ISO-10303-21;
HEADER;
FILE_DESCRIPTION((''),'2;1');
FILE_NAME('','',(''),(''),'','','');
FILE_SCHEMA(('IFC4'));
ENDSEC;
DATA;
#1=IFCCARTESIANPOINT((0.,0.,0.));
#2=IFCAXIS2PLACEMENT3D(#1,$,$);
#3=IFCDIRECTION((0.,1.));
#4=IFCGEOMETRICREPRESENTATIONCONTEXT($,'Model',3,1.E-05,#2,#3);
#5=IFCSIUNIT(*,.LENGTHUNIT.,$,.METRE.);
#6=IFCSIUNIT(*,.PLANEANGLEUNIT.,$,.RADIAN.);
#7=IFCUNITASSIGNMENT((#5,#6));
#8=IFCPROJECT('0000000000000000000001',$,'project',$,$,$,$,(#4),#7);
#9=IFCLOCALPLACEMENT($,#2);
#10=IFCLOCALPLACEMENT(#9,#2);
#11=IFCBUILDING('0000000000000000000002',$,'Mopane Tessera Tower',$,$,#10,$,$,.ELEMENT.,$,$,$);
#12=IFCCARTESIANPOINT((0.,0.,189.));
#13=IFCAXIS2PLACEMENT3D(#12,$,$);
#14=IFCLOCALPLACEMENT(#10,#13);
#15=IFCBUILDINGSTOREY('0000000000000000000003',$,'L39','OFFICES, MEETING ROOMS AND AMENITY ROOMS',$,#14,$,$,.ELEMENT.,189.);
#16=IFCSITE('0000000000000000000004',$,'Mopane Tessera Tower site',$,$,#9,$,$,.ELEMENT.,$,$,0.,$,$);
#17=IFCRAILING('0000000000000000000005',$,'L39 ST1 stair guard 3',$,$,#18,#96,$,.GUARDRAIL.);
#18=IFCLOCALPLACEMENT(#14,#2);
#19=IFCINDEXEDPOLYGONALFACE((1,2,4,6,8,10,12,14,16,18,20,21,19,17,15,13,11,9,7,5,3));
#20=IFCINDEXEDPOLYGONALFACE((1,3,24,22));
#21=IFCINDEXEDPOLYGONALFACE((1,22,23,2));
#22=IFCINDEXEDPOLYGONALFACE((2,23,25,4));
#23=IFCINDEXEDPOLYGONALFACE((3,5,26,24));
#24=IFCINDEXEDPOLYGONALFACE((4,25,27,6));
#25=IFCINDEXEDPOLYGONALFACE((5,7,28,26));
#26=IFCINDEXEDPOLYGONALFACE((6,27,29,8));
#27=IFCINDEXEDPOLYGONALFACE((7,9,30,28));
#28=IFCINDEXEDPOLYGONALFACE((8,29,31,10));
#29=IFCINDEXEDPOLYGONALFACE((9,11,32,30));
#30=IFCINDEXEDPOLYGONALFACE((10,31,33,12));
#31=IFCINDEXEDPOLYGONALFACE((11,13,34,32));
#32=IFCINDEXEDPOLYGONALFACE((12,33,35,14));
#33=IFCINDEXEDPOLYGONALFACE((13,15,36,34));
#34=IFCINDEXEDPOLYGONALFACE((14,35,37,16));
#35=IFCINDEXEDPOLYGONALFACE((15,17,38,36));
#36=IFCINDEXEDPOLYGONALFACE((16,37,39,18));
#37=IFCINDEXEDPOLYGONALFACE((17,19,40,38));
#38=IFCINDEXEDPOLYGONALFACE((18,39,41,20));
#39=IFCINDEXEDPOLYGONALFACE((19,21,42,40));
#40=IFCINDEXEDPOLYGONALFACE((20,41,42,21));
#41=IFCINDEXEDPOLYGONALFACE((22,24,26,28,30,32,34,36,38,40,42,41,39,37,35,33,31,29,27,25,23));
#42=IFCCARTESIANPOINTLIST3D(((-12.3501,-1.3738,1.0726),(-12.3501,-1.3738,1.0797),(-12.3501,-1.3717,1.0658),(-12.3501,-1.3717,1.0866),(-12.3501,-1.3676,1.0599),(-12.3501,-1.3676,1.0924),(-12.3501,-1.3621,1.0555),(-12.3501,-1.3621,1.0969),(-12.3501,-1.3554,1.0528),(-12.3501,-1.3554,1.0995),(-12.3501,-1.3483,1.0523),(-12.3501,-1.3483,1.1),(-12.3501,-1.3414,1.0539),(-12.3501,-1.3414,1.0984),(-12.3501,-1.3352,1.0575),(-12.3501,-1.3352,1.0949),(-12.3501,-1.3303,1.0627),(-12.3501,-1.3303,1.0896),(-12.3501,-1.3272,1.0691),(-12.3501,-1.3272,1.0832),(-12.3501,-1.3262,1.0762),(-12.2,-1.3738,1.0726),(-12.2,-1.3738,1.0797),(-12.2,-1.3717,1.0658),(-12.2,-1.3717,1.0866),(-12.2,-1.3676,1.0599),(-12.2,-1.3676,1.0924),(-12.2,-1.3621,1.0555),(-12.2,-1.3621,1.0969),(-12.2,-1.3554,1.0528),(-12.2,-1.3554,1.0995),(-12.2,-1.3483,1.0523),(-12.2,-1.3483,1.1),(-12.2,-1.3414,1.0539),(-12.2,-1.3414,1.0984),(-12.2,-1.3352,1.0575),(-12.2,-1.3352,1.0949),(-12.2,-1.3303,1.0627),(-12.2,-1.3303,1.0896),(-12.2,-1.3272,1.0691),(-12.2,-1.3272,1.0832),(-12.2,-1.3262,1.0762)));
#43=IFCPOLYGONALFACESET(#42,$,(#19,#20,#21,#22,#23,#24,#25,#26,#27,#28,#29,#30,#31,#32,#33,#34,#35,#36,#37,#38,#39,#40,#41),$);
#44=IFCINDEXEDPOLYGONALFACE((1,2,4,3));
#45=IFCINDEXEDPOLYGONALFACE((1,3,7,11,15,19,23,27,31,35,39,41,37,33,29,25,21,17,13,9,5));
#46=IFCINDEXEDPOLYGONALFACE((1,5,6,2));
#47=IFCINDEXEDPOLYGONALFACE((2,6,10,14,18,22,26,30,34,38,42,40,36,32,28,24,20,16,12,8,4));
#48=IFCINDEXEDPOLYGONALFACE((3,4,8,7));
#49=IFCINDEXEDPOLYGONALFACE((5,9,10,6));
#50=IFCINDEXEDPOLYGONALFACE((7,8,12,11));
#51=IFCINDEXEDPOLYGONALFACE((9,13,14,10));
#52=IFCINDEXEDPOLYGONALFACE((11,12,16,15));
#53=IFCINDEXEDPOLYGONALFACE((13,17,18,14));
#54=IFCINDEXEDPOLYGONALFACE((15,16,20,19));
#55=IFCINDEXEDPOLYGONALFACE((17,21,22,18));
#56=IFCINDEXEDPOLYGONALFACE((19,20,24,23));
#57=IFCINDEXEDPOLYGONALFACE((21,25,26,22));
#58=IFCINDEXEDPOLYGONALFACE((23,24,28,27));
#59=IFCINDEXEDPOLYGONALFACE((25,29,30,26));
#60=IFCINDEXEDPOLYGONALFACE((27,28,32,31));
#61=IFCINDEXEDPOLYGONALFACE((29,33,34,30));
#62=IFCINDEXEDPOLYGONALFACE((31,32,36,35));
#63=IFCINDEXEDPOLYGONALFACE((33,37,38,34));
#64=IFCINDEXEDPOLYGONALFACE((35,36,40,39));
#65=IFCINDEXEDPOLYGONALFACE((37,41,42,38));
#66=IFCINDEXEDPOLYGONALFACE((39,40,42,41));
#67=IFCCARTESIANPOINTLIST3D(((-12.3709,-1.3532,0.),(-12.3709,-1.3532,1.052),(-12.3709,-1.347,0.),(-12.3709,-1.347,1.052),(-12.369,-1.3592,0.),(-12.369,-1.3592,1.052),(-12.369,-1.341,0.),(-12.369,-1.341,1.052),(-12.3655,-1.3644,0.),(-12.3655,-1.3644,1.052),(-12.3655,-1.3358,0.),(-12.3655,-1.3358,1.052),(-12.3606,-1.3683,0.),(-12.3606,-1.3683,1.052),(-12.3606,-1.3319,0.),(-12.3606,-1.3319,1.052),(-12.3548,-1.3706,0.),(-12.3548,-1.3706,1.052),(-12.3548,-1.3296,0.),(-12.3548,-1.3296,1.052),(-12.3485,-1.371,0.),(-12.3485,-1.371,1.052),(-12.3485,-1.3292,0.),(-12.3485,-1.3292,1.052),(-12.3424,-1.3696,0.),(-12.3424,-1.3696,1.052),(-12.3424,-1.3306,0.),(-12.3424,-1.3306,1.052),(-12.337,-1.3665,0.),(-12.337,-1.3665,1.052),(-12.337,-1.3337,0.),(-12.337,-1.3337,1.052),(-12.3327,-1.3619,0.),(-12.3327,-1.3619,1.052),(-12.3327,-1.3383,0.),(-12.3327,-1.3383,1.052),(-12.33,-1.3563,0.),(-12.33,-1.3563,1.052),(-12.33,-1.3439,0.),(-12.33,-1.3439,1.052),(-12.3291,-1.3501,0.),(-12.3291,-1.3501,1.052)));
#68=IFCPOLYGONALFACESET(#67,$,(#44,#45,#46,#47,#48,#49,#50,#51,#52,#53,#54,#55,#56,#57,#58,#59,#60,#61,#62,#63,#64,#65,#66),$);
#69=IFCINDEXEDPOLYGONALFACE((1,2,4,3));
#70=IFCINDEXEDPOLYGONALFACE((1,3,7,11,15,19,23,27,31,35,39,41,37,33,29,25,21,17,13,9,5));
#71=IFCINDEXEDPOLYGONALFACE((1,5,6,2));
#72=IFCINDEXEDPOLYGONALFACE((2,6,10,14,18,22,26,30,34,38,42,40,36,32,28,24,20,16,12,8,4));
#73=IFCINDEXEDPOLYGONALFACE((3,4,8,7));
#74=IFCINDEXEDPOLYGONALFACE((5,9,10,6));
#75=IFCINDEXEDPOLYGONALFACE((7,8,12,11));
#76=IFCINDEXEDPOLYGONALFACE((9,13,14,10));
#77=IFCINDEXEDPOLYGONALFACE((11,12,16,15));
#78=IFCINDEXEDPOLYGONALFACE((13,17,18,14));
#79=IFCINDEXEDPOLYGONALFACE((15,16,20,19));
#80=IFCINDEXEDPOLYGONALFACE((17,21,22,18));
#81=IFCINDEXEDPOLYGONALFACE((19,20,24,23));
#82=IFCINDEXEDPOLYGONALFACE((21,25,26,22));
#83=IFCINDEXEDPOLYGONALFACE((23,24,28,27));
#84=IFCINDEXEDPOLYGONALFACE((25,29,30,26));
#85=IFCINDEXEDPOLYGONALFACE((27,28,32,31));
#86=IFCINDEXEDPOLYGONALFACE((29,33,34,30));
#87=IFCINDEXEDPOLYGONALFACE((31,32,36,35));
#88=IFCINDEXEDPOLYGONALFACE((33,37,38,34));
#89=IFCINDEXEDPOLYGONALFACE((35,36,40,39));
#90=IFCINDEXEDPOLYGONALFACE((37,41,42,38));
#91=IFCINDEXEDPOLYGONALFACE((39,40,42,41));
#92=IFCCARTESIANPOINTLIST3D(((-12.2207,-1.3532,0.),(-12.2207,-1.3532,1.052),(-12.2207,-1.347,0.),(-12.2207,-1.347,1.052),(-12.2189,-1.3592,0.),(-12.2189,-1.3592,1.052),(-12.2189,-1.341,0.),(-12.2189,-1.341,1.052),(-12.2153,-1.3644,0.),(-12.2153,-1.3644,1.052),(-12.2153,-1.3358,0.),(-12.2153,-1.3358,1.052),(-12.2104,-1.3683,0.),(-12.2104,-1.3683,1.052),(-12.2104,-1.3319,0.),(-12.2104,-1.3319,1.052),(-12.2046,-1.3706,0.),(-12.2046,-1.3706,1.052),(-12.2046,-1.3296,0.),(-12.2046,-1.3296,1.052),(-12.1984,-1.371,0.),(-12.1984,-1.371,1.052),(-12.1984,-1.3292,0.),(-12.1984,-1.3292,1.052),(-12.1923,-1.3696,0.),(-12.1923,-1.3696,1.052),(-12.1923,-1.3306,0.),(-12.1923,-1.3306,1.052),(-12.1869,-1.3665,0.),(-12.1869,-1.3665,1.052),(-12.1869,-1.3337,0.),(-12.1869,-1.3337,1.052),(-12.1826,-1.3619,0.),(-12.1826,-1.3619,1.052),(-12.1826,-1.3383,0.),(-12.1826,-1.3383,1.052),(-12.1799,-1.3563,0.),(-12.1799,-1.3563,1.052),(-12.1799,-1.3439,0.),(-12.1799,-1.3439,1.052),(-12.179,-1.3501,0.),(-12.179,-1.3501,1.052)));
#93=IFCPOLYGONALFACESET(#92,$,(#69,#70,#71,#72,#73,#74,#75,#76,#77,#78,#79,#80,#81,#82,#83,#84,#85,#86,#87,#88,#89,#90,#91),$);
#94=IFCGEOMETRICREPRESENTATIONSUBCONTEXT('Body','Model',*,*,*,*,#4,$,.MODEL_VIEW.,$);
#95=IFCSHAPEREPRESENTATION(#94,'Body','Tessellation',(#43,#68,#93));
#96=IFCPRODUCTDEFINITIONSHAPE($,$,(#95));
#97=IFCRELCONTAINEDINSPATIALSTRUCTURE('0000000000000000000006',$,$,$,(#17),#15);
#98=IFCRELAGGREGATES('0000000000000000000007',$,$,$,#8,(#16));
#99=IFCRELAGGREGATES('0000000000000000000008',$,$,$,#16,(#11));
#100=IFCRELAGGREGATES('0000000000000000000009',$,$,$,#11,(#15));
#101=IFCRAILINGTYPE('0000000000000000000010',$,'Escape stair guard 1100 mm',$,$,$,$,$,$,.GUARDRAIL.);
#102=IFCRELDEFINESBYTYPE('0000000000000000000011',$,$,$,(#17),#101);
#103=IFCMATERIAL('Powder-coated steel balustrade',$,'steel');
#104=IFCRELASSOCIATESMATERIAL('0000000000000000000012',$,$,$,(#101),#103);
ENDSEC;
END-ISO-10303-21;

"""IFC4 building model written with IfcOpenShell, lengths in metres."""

from ifc_helpers import new_model, si_unit, direction, frame, origin, origin_2d, place, context, subcontext, project, spatial, circle, extrude, material, type_object, element, save


model = new_model("IFC4")

# Units and contexts
model_context = context("Model", 3, precision=1e-05, world=origin(), true_north=direction((0.0, 1.0)))
body_context = subcontext(model_context, "Body", "Model", "MODEL_VIEW")
ifc_project = project(units=[si_unit("LENGTHUNIT", "METRE"), si_unit("PLANEANGLEUNIT", "RADIAN")], contexts=[model_context])

# Site, building, storey
site_placement = place(None, origin())
site = spatial("IfcSite", under=ifc_project, at=site_placement, Name="Mopane Tessera Tower site", CompositionType="ELEMENT", RefElevation=0.0)
building_placement = place(site_placement, origin())
building = spatial("IfcBuilding", under=site, at=building_placement, Name="Mopane Tessera Tower", CompositionType="ELEMENT")
storey_placement = place(building_placement, frame((0.0, 0.0, 189.0)))
storey = spatial("IfcBuildingStorey", under=building, at=storey_placement, Name="L39", Description="OFFICES, MEETING ROOMS AND AMENITY ROOMS", CompositionType="ELEMENT", Elevation=189.0)

# Railing
ifc_material_1 = material(Name="Powder-coated steel balustrade", Category="steel")
railing_type_1 = type_object("IfcRailingType", Name="Escape stair guard 1100 mm", PredefinedType="GUARDRAIL", material=ifc_material_1)
railing_1_placement = place(storey_placement, frame((-12.3501, -1.3501, 0.0)))
element("IfcRailing", 1, at=railing_1_placement, inside=storey, type_object=railing_type_1, Name="L39 ST1 stair guard 3", PredefinedType="GUARDRAIL", context=body_context, shape_type="SweptSolid", body=[
    extrude(circle(Radius=0.0239, at=origin_2d()), frame((0.0, 0.0, 1.0762), z_axis=(1.0, 0.0, 0.0), x_axis=(0.0, 1.0, 0.0)), (0.0, 0.0, 1.0), 0.1501),
    extrude(circle(Radius=0.021, at=origin_2d()), origin(), (0.0, 0.0, 1.0), 1.052),
    extrude(circle(Radius=0.021, at=origin_2d()), frame((0.1501, 0.0, 0.0)), (0.0, 0.0, 1.0), 1.052),
])

save(model, "model.ifc")
